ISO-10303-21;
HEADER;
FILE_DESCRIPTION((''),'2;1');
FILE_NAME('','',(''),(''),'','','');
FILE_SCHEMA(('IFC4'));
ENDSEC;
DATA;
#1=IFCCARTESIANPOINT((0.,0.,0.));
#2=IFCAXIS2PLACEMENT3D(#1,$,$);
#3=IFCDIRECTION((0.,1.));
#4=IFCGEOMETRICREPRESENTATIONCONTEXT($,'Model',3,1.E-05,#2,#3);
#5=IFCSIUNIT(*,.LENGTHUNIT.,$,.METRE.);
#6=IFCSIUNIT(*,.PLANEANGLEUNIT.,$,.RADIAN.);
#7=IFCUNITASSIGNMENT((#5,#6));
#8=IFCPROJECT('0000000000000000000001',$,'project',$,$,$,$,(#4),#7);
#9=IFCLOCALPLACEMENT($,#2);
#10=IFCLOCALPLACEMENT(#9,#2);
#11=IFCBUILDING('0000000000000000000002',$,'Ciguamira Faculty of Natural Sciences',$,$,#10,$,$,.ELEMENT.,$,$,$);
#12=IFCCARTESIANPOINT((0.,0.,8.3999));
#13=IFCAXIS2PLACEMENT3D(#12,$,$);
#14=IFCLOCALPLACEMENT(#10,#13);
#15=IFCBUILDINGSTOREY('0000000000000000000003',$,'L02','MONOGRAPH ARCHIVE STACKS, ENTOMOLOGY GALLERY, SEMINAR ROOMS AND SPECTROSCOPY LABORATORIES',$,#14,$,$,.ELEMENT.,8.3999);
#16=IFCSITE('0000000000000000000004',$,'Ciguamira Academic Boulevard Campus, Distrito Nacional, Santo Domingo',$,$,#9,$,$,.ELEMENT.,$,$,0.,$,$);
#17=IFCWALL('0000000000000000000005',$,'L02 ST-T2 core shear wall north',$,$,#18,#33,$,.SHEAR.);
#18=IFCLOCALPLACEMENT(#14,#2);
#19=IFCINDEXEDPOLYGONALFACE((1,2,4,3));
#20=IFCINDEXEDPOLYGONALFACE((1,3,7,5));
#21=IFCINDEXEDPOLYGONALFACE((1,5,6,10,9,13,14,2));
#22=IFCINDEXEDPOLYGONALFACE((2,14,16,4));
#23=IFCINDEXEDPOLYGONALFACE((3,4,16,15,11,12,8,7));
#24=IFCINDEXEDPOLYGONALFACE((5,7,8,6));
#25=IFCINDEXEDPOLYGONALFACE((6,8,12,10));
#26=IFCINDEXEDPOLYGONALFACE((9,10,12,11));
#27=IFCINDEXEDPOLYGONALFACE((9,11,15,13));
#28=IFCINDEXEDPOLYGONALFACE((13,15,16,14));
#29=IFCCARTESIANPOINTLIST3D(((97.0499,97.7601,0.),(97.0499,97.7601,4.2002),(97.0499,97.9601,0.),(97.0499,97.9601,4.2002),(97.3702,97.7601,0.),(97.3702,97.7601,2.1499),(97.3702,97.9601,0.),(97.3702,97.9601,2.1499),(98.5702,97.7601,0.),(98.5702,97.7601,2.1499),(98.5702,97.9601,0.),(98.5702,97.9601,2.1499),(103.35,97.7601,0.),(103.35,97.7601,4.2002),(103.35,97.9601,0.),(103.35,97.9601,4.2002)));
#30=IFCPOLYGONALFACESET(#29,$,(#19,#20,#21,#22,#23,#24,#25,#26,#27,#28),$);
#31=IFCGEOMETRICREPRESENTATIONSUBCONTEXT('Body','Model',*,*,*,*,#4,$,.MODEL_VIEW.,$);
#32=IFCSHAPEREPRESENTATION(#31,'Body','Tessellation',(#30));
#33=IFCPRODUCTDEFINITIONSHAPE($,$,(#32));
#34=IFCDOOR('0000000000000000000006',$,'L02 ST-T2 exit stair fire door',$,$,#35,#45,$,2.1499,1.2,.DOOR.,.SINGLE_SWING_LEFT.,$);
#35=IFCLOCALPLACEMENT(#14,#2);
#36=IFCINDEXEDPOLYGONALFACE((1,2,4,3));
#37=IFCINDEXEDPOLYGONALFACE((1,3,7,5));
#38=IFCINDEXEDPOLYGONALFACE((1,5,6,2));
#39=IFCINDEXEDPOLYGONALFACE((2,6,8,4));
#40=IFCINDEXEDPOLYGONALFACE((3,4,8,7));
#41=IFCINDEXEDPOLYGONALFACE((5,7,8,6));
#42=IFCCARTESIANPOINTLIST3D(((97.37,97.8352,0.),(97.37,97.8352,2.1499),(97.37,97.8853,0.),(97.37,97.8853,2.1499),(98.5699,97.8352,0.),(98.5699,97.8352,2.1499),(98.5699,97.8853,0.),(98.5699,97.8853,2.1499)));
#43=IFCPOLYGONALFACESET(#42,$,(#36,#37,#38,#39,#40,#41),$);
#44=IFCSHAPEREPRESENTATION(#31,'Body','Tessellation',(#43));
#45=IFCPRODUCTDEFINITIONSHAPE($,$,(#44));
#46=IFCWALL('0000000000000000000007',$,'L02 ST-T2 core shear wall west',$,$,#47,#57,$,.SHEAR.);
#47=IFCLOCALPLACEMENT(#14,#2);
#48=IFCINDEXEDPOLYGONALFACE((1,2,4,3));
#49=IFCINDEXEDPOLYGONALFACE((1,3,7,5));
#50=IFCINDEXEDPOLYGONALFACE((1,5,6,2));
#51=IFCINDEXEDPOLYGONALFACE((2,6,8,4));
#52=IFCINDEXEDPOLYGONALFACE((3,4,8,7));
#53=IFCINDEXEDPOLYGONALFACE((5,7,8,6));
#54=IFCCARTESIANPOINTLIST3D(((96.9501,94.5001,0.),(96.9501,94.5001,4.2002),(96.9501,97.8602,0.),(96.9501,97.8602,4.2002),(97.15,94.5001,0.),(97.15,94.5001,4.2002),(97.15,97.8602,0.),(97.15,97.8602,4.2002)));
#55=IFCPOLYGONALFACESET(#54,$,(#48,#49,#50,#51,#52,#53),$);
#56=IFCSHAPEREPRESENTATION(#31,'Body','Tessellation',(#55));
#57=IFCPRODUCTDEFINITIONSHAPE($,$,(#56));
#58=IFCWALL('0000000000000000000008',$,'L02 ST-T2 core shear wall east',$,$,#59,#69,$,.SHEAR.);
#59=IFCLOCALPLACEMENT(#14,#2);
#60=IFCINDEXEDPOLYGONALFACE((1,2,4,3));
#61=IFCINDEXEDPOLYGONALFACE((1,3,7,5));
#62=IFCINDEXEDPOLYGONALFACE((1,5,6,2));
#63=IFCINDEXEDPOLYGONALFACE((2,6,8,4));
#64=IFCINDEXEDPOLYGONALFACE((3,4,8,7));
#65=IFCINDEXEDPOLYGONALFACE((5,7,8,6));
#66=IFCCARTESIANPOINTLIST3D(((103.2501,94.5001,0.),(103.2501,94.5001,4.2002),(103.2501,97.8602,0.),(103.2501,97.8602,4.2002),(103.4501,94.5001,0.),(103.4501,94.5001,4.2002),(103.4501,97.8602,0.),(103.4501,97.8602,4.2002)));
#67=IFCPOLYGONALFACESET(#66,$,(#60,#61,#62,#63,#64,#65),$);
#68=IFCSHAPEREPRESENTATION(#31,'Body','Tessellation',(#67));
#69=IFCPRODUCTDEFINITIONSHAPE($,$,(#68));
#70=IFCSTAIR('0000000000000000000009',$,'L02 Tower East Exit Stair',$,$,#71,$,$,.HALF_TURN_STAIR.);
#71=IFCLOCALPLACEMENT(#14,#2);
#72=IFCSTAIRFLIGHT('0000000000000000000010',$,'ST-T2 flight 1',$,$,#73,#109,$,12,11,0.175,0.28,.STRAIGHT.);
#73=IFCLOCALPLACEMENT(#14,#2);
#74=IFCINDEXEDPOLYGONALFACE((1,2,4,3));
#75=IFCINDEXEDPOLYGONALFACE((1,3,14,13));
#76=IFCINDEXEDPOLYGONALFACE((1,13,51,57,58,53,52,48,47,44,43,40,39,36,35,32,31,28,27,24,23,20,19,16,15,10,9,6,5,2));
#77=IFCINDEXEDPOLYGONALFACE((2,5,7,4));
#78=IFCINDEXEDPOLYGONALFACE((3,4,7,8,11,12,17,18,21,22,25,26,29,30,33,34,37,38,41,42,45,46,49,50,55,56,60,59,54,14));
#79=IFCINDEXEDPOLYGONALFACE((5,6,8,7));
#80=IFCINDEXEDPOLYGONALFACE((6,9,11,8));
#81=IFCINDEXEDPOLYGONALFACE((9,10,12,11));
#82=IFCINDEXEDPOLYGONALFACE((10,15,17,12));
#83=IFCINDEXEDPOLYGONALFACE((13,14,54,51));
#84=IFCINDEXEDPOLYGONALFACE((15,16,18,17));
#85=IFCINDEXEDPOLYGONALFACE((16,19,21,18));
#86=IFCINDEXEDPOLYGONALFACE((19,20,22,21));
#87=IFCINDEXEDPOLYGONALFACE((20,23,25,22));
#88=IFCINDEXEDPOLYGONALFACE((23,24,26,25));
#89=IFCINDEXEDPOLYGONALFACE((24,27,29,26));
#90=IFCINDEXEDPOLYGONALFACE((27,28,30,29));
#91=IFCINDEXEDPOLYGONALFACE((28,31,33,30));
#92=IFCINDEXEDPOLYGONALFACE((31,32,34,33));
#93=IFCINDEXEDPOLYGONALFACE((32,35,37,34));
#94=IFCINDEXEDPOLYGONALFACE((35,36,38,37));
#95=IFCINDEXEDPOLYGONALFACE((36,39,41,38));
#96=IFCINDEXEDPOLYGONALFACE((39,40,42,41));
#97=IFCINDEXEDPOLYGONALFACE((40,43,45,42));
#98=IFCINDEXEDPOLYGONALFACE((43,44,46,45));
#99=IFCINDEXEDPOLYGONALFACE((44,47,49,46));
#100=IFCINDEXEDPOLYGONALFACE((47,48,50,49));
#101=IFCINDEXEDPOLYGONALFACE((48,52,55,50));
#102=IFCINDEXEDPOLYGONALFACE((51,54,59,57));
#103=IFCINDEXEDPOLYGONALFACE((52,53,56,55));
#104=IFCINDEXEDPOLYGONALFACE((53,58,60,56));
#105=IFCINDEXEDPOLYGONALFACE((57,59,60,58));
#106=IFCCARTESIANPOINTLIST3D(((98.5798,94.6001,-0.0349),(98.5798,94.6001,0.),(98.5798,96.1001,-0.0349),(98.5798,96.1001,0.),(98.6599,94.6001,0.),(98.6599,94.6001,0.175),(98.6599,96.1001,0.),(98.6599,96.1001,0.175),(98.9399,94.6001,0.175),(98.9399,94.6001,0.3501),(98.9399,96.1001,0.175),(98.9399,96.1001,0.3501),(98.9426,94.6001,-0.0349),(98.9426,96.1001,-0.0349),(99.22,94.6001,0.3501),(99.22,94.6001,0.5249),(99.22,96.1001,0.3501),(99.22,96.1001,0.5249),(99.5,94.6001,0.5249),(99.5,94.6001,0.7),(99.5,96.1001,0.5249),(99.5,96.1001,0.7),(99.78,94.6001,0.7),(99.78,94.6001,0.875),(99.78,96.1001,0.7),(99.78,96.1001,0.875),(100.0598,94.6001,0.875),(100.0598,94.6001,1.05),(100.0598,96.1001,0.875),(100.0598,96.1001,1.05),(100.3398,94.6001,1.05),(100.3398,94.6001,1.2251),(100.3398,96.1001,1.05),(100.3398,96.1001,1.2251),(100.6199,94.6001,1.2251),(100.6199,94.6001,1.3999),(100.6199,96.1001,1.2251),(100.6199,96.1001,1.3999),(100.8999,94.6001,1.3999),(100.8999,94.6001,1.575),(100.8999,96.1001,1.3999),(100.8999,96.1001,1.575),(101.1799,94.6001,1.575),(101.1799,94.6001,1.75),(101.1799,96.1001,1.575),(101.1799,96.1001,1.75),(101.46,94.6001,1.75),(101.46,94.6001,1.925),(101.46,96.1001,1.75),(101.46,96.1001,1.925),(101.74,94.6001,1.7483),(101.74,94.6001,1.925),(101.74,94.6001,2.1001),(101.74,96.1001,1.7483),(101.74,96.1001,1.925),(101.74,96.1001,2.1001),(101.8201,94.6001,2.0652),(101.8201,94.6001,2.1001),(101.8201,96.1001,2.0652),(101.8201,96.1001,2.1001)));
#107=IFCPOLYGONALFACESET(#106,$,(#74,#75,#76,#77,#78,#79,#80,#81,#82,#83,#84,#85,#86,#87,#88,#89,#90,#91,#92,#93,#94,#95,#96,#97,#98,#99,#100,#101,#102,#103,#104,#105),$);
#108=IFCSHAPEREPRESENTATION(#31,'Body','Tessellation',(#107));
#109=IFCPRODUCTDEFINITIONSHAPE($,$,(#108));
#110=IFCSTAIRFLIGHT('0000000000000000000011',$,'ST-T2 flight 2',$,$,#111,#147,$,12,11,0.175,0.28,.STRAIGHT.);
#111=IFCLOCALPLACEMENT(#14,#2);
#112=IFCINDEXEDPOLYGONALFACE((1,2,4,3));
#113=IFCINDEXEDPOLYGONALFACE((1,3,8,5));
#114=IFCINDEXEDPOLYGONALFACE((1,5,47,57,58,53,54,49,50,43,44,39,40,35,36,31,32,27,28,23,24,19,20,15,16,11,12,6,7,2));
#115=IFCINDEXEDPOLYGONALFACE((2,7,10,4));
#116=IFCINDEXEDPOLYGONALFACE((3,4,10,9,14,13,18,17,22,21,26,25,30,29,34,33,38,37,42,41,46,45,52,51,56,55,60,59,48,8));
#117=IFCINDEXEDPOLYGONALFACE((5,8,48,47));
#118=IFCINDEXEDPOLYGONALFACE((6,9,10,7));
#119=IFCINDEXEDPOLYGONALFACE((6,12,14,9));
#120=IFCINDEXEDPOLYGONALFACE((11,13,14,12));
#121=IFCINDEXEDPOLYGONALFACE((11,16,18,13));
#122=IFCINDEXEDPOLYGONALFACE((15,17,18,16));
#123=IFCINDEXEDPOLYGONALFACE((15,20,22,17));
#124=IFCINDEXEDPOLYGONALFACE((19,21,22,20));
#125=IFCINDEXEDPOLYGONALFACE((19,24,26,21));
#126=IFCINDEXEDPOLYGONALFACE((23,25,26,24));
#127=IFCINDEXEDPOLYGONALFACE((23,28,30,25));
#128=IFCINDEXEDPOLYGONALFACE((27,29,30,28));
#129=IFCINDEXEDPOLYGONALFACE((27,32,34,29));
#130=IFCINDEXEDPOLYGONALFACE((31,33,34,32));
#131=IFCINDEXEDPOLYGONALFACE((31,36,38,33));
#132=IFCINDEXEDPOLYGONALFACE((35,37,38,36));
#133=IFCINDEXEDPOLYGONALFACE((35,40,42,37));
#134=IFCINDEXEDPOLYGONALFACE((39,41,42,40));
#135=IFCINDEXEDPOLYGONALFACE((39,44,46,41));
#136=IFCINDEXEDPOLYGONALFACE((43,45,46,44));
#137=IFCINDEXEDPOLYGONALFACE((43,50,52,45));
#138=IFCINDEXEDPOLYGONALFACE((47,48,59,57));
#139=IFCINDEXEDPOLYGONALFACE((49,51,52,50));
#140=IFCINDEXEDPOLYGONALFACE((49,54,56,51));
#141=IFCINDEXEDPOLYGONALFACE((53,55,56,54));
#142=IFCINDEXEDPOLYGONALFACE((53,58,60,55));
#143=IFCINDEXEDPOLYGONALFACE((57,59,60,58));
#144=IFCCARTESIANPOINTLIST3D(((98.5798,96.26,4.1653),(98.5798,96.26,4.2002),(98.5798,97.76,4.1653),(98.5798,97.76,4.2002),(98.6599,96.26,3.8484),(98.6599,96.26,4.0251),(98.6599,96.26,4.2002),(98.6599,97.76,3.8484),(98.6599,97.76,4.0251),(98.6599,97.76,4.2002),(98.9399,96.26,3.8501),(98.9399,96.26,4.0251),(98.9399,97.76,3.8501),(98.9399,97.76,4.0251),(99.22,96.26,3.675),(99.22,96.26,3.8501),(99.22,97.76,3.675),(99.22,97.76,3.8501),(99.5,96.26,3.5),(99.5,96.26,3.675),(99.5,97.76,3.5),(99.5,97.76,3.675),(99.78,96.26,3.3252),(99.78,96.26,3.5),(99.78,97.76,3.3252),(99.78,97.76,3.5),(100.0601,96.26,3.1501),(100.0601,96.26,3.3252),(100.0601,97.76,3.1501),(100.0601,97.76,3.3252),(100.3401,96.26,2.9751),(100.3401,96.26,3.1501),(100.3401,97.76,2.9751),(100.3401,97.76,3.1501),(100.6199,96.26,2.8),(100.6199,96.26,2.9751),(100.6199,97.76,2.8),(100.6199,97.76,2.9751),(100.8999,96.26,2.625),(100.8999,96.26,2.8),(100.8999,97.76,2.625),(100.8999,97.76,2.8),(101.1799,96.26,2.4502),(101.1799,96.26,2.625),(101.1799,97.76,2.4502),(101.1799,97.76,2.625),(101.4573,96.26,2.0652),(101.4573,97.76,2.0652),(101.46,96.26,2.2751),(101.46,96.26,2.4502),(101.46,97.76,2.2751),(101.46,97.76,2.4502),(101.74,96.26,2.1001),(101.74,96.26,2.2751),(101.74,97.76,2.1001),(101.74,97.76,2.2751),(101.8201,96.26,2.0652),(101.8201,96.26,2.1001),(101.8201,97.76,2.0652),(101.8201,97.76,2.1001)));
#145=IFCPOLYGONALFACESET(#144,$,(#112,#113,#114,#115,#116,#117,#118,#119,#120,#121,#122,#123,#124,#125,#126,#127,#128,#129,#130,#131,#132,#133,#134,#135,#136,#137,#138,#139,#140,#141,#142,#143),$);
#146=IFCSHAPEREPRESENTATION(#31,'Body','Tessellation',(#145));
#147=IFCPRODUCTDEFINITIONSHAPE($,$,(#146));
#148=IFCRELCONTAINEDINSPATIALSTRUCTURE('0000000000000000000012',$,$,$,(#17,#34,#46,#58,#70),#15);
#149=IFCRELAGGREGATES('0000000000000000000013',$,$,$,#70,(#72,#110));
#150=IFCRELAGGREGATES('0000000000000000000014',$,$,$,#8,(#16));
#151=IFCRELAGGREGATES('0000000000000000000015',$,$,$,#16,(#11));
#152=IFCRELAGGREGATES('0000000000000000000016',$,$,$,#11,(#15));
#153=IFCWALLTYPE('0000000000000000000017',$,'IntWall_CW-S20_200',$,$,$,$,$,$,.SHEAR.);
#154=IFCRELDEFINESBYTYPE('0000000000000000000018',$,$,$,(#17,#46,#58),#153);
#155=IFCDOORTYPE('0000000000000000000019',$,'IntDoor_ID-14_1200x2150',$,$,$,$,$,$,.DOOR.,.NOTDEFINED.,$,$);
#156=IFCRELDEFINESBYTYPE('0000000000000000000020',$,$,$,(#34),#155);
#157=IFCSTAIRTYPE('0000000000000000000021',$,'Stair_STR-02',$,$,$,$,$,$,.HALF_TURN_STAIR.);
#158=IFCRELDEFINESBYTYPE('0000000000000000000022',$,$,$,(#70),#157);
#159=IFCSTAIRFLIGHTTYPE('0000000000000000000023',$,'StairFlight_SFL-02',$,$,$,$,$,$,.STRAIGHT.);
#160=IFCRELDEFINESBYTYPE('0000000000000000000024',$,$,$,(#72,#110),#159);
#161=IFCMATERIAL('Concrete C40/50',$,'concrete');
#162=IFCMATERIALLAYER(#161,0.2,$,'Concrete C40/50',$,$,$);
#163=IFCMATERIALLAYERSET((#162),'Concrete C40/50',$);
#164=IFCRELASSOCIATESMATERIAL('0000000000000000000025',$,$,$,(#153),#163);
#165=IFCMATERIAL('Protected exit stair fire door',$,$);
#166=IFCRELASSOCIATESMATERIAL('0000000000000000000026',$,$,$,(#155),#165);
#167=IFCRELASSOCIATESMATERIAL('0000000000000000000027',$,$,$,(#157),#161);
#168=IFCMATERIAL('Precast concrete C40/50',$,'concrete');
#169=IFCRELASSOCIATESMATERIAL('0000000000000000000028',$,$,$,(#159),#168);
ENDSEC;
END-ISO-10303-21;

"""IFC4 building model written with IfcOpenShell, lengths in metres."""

from ifc_helpers import new_model, si_unit, direction, frame, frame_2d, origin, place, context, subcontext, project, spatial, polyline, rectangle, outline, extrude, material, layer, layer_set, type_object, element, fill, aggregate, save


model = new_model("IFC4")

# Units and contexts
model_context = context("Model", 3, precision=1e-05, world=origin(), true_north=direction((0.0, 1.0)))
body_context = subcontext(model_context, "Body", "Model", "MODEL_VIEW")
ifc_project = project(units=[si_unit("LENGTHUNIT", "METRE"), si_unit("PLANEANGLEUNIT", "RADIAN")], contexts=[model_context])

# Site, building, storey
site_placement = place(None, origin())
site = spatial("IfcSite", under=ifc_project, at=site_placement, Name="Ciguamira Academic Boulevard Campus, Distrito Nacional, Santo Domingo", CompositionType="ELEMENT", RefElevation=0.0)
building_placement = place(site_placement, origin())
building = spatial("IfcBuilding", under=site, at=building_placement, Name="Ciguamira Faculty of Natural Sciences", CompositionType="ELEMENT")
storey_placement = place(building_placement, frame((0.0, 0.0, 8.3999)))
storey = spatial("IfcBuildingStorey", under=building, at=storey_placement, Name="L02", Description="MONOGRAPH ARCHIVE STACKS, ENTOMOLOGY GALLERY, SEMINAR ROOMS AND SPECTROSCOPY LABORATORIES", CompositionType="ELEMENT", Elevation=8.3999)

# Shared definitions
ifc_material_1 = material(Name="Concrete C40/50", Category="concrete")

# Shared definitions
ifc_layer_1 = layer(ifc_material_1, 0.2, Name="Concrete C40/50")
ifc_layer_set_1 = layer_set([ifc_layer_1], Name="Concrete C40/50")
wall_type = type_object("IfcWallType", Name="IntWall_CW-S20_200", PredefinedType="SHEAR", material=ifc_layer_set_1)

# Wall, opening, door
wall_1_placement = place(storey_placement, frame((97.05, 97.8601, 0.0), z_axis=(0.0, 0.0, 1.0), x_axis=(1.0, 0.0, 0.0)))
wall_1 = element("IfcWall", 1, at=wall_1_placement, inside=storey, type_object=wall_type, Name="L02 ST-T2 core shear wall north", PredefinedType="SHEAR", context=body_context, shape_type="SweptSolid", body=[
    extrude(rectangle(XDim=6.3, YDim=0.2, at=frame_2d((3.1499, 0.0))), origin(), (0.0, 0.0, 1.0), 4.2002),
])
opening_placement = place(wall_1_placement, frame((0.3201, 0.0, 0.0)))
opening = element("IfcOpeningElement", 2, at=opening_placement, cuts=wall_1, PredefinedType="OPENING", context=body_context, shape_type="SweptSolid", body=[
    extrude(rectangle(XDim=1.2, YDim=2.1499, at=frame_2d((0.6001, 1.075))), frame((0.0, 0.1099, 0.0), z_axis=(0.0, -1.0, 0.0), x_axis=(1.0, 0.0, 0.0)), (0.0, 0.0, 1.0), 0.22),
])
ifc_material_2 = material(Name="Protected exit stair fire door")
door_type = type_object("IfcDoorType", Name="IntDoor_ID-14_1200x2150", OperationType="NOTDEFINED", PredefinedType="DOOR", material=ifc_material_2)
door_placement = place(opening_placement, frame((1.2, 0.0, 0.0), z_axis=(0.0, 0.0, 1.0), x_axis=(-1.0, 0.0, 0.0)))
door = element("IfcDoor", 3, at=door_placement, inside=storey, type_object=door_type, Name="L02 ST-T2 exit stair fire door", OperationType="SINGLE_SWING_LEFT", OverallHeight=2.1499, OverallWidth=1.2, PredefinedType="DOOR", context=body_context, shape_type="SweptSolid", body=[
    extrude(rectangle(XDim=1.2, YDim=2.1499, at=frame_2d((0.6001, 1.075))), frame((0.0, 0.0249, 0.0), z_axis=(0.0, -1.0, 0.0), x_axis=(1.0, 0.0, 0.0)), (0.0, 0.0, 1.0), 0.05),
])
fill(opening, door)

# Walls
for number, where, z_axis, x_axis, name in (
    (4, (97.05, 94.5, 0.0), (0.0, 0.0, 1.0), (0.0, 1.0, 0.0), "L02 ST-T2 core shear wall west"),
    (5, (103.3501, 94.5, 0.0), (0.0, 0.0, 1.0), (0.0, 1.0, 0.0), "L02 ST-T2 core shear wall east"),
):
    element("IfcWall", number, at=place(storey_placement, frame(where, z_axis=z_axis, x_axis=x_axis)), inside=storey, type_object=wall_type, Name=name, PredefinedType="SHEAR", context=body_context, shape_type="SweptSolid", body=[
        extrude(rectangle(XDim=3.3601, YDim=0.2, at=frame_2d((1.6802, 0.0))), origin(), (0.0, 0.0, 1.0), 4.2002),
    ])

# Stair, stair flights
stair_type = type_object("IfcStairType", Name="Stair_STR-02", PredefinedType="HALF_TURN_STAIR", material=ifc_material_1)
stair_placement = place(storey_placement, origin())
stair = element("IfcStair", 6, at=stair_placement, inside=storey, type_object=stair_type, Name="L02 Tower East Exit Stair", PredefinedType="HALF_TURN_STAIR")
ifc_material_3 = material(Name="Precast concrete C40/50", Category="concrete")
stair_flight_type = type_object("IfcStairFlightType", Name="StairFlight_SFL-02", PredefinedType="STRAIGHT", material=ifc_material_3)
stair_flight_1_placement = place(storey_placement, frame((98.6599, 95.3501, 0.0), z_axis=(0.0, 0.0, 1.0), x_axis=(1.0, 0.0, 0.0)))
stair_flight_1 = element("IfcStairFlight", 7, at=stair_flight_1_placement, type_object=stair_flight_type, Name="ST-T2 flight 1", NumberOfRisers=12, NumberOfTreads=11, PredefinedType="STRAIGHT", RiserHeight=0.175, TreadLength=0.28, context=body_context, shape_type="SweptSolid", body=[
    extrude(outline(polyline([(-0.0801, -0.0349), (-0.0801, 0.0), (0.0, 0.0), (0.0, 0.175), (0.28, 0.175), (0.28, 0.3501), (0.5601, 0.3501), (0.5601, 0.5249), (0.8401, 0.5249), (0.8401, 0.7), (1.1201, 0.7), (1.1201, 0.875), (1.3999, 0.875), (1.3999, 1.05), (1.6799, 1.05), (1.6799, 1.2251), (1.96, 1.2251), (1.96, 1.3999), (2.24, 1.3999), (2.24, 1.575), (2.52, 1.575), (2.52, 1.75), (2.8, 1.75), (2.8, 1.925), (3.0801, 1.925), (3.0801, 2.1001), (3.1602, 2.1001), (3.1602, 2.0652), (3.0801, 1.7483), (0.2827, -0.0349), (-0.0801, -0.0349)])), frame((0.0, 0.75, 0.0), z_axis=(0.0, -1.0, 0.0), x_axis=(1.0, 0.0, 0.0)), (0.0, 0.0, 1.0), 1.5),
])
stair_flight_2_placement = place(storey_placement, frame((101.74, 97.01, 2.1001), z_axis=(0.0, 0.0, 1.0), x_axis=(-1.0, 0.0, 0.0)))
stair_flight_2 = element("IfcStairFlight", 8, at=stair_flight_2_placement, type_object=stair_flight_type, Name="ST-T2 flight 2", NumberOfRisers=12, NumberOfTreads=11, PredefinedType="STRAIGHT", RiserHeight=0.175, TreadLength=0.28, context=body_context, shape_type="SweptSolid", body=[
    extrude(outline(polyline([(-0.0801, -0.0349), (-0.0801, 0.0), (0.0, 0.0), (0.0, 0.175), (0.28, 0.175), (0.28, 0.3501), (0.5601, 0.3501), (0.5601, 0.5249), (0.8401, 0.5249), (0.8401, 0.7), (1.1201, 0.7), (1.1201, 0.875), (1.3999, 0.875), (1.3999, 1.05), (1.6799, 1.05), (1.6799, 1.2251), (1.96, 1.2251), (1.96, 1.3999), (2.24, 1.3999), (2.24, 1.575), (2.52, 1.575), (2.52, 1.75), (2.8, 1.75), (2.8, 1.925), (3.0801, 1.925), (3.0801, 2.1001), (3.1602, 2.1001), (3.1602, 2.0652), (3.0801, 1.7483), (0.2827, -0.0349), (-0.0801, -0.0349)])), frame((0.0, 0.75, 0.0), z_axis=(0.0, -1.0, 0.0), x_axis=(1.0, 0.0, 0.0)), (0.0, 0.0, 1.0), 1.5),
])
aggregate(stair, [stair_flight_1, stair_flight_2])

save(model, "model.ifc")
